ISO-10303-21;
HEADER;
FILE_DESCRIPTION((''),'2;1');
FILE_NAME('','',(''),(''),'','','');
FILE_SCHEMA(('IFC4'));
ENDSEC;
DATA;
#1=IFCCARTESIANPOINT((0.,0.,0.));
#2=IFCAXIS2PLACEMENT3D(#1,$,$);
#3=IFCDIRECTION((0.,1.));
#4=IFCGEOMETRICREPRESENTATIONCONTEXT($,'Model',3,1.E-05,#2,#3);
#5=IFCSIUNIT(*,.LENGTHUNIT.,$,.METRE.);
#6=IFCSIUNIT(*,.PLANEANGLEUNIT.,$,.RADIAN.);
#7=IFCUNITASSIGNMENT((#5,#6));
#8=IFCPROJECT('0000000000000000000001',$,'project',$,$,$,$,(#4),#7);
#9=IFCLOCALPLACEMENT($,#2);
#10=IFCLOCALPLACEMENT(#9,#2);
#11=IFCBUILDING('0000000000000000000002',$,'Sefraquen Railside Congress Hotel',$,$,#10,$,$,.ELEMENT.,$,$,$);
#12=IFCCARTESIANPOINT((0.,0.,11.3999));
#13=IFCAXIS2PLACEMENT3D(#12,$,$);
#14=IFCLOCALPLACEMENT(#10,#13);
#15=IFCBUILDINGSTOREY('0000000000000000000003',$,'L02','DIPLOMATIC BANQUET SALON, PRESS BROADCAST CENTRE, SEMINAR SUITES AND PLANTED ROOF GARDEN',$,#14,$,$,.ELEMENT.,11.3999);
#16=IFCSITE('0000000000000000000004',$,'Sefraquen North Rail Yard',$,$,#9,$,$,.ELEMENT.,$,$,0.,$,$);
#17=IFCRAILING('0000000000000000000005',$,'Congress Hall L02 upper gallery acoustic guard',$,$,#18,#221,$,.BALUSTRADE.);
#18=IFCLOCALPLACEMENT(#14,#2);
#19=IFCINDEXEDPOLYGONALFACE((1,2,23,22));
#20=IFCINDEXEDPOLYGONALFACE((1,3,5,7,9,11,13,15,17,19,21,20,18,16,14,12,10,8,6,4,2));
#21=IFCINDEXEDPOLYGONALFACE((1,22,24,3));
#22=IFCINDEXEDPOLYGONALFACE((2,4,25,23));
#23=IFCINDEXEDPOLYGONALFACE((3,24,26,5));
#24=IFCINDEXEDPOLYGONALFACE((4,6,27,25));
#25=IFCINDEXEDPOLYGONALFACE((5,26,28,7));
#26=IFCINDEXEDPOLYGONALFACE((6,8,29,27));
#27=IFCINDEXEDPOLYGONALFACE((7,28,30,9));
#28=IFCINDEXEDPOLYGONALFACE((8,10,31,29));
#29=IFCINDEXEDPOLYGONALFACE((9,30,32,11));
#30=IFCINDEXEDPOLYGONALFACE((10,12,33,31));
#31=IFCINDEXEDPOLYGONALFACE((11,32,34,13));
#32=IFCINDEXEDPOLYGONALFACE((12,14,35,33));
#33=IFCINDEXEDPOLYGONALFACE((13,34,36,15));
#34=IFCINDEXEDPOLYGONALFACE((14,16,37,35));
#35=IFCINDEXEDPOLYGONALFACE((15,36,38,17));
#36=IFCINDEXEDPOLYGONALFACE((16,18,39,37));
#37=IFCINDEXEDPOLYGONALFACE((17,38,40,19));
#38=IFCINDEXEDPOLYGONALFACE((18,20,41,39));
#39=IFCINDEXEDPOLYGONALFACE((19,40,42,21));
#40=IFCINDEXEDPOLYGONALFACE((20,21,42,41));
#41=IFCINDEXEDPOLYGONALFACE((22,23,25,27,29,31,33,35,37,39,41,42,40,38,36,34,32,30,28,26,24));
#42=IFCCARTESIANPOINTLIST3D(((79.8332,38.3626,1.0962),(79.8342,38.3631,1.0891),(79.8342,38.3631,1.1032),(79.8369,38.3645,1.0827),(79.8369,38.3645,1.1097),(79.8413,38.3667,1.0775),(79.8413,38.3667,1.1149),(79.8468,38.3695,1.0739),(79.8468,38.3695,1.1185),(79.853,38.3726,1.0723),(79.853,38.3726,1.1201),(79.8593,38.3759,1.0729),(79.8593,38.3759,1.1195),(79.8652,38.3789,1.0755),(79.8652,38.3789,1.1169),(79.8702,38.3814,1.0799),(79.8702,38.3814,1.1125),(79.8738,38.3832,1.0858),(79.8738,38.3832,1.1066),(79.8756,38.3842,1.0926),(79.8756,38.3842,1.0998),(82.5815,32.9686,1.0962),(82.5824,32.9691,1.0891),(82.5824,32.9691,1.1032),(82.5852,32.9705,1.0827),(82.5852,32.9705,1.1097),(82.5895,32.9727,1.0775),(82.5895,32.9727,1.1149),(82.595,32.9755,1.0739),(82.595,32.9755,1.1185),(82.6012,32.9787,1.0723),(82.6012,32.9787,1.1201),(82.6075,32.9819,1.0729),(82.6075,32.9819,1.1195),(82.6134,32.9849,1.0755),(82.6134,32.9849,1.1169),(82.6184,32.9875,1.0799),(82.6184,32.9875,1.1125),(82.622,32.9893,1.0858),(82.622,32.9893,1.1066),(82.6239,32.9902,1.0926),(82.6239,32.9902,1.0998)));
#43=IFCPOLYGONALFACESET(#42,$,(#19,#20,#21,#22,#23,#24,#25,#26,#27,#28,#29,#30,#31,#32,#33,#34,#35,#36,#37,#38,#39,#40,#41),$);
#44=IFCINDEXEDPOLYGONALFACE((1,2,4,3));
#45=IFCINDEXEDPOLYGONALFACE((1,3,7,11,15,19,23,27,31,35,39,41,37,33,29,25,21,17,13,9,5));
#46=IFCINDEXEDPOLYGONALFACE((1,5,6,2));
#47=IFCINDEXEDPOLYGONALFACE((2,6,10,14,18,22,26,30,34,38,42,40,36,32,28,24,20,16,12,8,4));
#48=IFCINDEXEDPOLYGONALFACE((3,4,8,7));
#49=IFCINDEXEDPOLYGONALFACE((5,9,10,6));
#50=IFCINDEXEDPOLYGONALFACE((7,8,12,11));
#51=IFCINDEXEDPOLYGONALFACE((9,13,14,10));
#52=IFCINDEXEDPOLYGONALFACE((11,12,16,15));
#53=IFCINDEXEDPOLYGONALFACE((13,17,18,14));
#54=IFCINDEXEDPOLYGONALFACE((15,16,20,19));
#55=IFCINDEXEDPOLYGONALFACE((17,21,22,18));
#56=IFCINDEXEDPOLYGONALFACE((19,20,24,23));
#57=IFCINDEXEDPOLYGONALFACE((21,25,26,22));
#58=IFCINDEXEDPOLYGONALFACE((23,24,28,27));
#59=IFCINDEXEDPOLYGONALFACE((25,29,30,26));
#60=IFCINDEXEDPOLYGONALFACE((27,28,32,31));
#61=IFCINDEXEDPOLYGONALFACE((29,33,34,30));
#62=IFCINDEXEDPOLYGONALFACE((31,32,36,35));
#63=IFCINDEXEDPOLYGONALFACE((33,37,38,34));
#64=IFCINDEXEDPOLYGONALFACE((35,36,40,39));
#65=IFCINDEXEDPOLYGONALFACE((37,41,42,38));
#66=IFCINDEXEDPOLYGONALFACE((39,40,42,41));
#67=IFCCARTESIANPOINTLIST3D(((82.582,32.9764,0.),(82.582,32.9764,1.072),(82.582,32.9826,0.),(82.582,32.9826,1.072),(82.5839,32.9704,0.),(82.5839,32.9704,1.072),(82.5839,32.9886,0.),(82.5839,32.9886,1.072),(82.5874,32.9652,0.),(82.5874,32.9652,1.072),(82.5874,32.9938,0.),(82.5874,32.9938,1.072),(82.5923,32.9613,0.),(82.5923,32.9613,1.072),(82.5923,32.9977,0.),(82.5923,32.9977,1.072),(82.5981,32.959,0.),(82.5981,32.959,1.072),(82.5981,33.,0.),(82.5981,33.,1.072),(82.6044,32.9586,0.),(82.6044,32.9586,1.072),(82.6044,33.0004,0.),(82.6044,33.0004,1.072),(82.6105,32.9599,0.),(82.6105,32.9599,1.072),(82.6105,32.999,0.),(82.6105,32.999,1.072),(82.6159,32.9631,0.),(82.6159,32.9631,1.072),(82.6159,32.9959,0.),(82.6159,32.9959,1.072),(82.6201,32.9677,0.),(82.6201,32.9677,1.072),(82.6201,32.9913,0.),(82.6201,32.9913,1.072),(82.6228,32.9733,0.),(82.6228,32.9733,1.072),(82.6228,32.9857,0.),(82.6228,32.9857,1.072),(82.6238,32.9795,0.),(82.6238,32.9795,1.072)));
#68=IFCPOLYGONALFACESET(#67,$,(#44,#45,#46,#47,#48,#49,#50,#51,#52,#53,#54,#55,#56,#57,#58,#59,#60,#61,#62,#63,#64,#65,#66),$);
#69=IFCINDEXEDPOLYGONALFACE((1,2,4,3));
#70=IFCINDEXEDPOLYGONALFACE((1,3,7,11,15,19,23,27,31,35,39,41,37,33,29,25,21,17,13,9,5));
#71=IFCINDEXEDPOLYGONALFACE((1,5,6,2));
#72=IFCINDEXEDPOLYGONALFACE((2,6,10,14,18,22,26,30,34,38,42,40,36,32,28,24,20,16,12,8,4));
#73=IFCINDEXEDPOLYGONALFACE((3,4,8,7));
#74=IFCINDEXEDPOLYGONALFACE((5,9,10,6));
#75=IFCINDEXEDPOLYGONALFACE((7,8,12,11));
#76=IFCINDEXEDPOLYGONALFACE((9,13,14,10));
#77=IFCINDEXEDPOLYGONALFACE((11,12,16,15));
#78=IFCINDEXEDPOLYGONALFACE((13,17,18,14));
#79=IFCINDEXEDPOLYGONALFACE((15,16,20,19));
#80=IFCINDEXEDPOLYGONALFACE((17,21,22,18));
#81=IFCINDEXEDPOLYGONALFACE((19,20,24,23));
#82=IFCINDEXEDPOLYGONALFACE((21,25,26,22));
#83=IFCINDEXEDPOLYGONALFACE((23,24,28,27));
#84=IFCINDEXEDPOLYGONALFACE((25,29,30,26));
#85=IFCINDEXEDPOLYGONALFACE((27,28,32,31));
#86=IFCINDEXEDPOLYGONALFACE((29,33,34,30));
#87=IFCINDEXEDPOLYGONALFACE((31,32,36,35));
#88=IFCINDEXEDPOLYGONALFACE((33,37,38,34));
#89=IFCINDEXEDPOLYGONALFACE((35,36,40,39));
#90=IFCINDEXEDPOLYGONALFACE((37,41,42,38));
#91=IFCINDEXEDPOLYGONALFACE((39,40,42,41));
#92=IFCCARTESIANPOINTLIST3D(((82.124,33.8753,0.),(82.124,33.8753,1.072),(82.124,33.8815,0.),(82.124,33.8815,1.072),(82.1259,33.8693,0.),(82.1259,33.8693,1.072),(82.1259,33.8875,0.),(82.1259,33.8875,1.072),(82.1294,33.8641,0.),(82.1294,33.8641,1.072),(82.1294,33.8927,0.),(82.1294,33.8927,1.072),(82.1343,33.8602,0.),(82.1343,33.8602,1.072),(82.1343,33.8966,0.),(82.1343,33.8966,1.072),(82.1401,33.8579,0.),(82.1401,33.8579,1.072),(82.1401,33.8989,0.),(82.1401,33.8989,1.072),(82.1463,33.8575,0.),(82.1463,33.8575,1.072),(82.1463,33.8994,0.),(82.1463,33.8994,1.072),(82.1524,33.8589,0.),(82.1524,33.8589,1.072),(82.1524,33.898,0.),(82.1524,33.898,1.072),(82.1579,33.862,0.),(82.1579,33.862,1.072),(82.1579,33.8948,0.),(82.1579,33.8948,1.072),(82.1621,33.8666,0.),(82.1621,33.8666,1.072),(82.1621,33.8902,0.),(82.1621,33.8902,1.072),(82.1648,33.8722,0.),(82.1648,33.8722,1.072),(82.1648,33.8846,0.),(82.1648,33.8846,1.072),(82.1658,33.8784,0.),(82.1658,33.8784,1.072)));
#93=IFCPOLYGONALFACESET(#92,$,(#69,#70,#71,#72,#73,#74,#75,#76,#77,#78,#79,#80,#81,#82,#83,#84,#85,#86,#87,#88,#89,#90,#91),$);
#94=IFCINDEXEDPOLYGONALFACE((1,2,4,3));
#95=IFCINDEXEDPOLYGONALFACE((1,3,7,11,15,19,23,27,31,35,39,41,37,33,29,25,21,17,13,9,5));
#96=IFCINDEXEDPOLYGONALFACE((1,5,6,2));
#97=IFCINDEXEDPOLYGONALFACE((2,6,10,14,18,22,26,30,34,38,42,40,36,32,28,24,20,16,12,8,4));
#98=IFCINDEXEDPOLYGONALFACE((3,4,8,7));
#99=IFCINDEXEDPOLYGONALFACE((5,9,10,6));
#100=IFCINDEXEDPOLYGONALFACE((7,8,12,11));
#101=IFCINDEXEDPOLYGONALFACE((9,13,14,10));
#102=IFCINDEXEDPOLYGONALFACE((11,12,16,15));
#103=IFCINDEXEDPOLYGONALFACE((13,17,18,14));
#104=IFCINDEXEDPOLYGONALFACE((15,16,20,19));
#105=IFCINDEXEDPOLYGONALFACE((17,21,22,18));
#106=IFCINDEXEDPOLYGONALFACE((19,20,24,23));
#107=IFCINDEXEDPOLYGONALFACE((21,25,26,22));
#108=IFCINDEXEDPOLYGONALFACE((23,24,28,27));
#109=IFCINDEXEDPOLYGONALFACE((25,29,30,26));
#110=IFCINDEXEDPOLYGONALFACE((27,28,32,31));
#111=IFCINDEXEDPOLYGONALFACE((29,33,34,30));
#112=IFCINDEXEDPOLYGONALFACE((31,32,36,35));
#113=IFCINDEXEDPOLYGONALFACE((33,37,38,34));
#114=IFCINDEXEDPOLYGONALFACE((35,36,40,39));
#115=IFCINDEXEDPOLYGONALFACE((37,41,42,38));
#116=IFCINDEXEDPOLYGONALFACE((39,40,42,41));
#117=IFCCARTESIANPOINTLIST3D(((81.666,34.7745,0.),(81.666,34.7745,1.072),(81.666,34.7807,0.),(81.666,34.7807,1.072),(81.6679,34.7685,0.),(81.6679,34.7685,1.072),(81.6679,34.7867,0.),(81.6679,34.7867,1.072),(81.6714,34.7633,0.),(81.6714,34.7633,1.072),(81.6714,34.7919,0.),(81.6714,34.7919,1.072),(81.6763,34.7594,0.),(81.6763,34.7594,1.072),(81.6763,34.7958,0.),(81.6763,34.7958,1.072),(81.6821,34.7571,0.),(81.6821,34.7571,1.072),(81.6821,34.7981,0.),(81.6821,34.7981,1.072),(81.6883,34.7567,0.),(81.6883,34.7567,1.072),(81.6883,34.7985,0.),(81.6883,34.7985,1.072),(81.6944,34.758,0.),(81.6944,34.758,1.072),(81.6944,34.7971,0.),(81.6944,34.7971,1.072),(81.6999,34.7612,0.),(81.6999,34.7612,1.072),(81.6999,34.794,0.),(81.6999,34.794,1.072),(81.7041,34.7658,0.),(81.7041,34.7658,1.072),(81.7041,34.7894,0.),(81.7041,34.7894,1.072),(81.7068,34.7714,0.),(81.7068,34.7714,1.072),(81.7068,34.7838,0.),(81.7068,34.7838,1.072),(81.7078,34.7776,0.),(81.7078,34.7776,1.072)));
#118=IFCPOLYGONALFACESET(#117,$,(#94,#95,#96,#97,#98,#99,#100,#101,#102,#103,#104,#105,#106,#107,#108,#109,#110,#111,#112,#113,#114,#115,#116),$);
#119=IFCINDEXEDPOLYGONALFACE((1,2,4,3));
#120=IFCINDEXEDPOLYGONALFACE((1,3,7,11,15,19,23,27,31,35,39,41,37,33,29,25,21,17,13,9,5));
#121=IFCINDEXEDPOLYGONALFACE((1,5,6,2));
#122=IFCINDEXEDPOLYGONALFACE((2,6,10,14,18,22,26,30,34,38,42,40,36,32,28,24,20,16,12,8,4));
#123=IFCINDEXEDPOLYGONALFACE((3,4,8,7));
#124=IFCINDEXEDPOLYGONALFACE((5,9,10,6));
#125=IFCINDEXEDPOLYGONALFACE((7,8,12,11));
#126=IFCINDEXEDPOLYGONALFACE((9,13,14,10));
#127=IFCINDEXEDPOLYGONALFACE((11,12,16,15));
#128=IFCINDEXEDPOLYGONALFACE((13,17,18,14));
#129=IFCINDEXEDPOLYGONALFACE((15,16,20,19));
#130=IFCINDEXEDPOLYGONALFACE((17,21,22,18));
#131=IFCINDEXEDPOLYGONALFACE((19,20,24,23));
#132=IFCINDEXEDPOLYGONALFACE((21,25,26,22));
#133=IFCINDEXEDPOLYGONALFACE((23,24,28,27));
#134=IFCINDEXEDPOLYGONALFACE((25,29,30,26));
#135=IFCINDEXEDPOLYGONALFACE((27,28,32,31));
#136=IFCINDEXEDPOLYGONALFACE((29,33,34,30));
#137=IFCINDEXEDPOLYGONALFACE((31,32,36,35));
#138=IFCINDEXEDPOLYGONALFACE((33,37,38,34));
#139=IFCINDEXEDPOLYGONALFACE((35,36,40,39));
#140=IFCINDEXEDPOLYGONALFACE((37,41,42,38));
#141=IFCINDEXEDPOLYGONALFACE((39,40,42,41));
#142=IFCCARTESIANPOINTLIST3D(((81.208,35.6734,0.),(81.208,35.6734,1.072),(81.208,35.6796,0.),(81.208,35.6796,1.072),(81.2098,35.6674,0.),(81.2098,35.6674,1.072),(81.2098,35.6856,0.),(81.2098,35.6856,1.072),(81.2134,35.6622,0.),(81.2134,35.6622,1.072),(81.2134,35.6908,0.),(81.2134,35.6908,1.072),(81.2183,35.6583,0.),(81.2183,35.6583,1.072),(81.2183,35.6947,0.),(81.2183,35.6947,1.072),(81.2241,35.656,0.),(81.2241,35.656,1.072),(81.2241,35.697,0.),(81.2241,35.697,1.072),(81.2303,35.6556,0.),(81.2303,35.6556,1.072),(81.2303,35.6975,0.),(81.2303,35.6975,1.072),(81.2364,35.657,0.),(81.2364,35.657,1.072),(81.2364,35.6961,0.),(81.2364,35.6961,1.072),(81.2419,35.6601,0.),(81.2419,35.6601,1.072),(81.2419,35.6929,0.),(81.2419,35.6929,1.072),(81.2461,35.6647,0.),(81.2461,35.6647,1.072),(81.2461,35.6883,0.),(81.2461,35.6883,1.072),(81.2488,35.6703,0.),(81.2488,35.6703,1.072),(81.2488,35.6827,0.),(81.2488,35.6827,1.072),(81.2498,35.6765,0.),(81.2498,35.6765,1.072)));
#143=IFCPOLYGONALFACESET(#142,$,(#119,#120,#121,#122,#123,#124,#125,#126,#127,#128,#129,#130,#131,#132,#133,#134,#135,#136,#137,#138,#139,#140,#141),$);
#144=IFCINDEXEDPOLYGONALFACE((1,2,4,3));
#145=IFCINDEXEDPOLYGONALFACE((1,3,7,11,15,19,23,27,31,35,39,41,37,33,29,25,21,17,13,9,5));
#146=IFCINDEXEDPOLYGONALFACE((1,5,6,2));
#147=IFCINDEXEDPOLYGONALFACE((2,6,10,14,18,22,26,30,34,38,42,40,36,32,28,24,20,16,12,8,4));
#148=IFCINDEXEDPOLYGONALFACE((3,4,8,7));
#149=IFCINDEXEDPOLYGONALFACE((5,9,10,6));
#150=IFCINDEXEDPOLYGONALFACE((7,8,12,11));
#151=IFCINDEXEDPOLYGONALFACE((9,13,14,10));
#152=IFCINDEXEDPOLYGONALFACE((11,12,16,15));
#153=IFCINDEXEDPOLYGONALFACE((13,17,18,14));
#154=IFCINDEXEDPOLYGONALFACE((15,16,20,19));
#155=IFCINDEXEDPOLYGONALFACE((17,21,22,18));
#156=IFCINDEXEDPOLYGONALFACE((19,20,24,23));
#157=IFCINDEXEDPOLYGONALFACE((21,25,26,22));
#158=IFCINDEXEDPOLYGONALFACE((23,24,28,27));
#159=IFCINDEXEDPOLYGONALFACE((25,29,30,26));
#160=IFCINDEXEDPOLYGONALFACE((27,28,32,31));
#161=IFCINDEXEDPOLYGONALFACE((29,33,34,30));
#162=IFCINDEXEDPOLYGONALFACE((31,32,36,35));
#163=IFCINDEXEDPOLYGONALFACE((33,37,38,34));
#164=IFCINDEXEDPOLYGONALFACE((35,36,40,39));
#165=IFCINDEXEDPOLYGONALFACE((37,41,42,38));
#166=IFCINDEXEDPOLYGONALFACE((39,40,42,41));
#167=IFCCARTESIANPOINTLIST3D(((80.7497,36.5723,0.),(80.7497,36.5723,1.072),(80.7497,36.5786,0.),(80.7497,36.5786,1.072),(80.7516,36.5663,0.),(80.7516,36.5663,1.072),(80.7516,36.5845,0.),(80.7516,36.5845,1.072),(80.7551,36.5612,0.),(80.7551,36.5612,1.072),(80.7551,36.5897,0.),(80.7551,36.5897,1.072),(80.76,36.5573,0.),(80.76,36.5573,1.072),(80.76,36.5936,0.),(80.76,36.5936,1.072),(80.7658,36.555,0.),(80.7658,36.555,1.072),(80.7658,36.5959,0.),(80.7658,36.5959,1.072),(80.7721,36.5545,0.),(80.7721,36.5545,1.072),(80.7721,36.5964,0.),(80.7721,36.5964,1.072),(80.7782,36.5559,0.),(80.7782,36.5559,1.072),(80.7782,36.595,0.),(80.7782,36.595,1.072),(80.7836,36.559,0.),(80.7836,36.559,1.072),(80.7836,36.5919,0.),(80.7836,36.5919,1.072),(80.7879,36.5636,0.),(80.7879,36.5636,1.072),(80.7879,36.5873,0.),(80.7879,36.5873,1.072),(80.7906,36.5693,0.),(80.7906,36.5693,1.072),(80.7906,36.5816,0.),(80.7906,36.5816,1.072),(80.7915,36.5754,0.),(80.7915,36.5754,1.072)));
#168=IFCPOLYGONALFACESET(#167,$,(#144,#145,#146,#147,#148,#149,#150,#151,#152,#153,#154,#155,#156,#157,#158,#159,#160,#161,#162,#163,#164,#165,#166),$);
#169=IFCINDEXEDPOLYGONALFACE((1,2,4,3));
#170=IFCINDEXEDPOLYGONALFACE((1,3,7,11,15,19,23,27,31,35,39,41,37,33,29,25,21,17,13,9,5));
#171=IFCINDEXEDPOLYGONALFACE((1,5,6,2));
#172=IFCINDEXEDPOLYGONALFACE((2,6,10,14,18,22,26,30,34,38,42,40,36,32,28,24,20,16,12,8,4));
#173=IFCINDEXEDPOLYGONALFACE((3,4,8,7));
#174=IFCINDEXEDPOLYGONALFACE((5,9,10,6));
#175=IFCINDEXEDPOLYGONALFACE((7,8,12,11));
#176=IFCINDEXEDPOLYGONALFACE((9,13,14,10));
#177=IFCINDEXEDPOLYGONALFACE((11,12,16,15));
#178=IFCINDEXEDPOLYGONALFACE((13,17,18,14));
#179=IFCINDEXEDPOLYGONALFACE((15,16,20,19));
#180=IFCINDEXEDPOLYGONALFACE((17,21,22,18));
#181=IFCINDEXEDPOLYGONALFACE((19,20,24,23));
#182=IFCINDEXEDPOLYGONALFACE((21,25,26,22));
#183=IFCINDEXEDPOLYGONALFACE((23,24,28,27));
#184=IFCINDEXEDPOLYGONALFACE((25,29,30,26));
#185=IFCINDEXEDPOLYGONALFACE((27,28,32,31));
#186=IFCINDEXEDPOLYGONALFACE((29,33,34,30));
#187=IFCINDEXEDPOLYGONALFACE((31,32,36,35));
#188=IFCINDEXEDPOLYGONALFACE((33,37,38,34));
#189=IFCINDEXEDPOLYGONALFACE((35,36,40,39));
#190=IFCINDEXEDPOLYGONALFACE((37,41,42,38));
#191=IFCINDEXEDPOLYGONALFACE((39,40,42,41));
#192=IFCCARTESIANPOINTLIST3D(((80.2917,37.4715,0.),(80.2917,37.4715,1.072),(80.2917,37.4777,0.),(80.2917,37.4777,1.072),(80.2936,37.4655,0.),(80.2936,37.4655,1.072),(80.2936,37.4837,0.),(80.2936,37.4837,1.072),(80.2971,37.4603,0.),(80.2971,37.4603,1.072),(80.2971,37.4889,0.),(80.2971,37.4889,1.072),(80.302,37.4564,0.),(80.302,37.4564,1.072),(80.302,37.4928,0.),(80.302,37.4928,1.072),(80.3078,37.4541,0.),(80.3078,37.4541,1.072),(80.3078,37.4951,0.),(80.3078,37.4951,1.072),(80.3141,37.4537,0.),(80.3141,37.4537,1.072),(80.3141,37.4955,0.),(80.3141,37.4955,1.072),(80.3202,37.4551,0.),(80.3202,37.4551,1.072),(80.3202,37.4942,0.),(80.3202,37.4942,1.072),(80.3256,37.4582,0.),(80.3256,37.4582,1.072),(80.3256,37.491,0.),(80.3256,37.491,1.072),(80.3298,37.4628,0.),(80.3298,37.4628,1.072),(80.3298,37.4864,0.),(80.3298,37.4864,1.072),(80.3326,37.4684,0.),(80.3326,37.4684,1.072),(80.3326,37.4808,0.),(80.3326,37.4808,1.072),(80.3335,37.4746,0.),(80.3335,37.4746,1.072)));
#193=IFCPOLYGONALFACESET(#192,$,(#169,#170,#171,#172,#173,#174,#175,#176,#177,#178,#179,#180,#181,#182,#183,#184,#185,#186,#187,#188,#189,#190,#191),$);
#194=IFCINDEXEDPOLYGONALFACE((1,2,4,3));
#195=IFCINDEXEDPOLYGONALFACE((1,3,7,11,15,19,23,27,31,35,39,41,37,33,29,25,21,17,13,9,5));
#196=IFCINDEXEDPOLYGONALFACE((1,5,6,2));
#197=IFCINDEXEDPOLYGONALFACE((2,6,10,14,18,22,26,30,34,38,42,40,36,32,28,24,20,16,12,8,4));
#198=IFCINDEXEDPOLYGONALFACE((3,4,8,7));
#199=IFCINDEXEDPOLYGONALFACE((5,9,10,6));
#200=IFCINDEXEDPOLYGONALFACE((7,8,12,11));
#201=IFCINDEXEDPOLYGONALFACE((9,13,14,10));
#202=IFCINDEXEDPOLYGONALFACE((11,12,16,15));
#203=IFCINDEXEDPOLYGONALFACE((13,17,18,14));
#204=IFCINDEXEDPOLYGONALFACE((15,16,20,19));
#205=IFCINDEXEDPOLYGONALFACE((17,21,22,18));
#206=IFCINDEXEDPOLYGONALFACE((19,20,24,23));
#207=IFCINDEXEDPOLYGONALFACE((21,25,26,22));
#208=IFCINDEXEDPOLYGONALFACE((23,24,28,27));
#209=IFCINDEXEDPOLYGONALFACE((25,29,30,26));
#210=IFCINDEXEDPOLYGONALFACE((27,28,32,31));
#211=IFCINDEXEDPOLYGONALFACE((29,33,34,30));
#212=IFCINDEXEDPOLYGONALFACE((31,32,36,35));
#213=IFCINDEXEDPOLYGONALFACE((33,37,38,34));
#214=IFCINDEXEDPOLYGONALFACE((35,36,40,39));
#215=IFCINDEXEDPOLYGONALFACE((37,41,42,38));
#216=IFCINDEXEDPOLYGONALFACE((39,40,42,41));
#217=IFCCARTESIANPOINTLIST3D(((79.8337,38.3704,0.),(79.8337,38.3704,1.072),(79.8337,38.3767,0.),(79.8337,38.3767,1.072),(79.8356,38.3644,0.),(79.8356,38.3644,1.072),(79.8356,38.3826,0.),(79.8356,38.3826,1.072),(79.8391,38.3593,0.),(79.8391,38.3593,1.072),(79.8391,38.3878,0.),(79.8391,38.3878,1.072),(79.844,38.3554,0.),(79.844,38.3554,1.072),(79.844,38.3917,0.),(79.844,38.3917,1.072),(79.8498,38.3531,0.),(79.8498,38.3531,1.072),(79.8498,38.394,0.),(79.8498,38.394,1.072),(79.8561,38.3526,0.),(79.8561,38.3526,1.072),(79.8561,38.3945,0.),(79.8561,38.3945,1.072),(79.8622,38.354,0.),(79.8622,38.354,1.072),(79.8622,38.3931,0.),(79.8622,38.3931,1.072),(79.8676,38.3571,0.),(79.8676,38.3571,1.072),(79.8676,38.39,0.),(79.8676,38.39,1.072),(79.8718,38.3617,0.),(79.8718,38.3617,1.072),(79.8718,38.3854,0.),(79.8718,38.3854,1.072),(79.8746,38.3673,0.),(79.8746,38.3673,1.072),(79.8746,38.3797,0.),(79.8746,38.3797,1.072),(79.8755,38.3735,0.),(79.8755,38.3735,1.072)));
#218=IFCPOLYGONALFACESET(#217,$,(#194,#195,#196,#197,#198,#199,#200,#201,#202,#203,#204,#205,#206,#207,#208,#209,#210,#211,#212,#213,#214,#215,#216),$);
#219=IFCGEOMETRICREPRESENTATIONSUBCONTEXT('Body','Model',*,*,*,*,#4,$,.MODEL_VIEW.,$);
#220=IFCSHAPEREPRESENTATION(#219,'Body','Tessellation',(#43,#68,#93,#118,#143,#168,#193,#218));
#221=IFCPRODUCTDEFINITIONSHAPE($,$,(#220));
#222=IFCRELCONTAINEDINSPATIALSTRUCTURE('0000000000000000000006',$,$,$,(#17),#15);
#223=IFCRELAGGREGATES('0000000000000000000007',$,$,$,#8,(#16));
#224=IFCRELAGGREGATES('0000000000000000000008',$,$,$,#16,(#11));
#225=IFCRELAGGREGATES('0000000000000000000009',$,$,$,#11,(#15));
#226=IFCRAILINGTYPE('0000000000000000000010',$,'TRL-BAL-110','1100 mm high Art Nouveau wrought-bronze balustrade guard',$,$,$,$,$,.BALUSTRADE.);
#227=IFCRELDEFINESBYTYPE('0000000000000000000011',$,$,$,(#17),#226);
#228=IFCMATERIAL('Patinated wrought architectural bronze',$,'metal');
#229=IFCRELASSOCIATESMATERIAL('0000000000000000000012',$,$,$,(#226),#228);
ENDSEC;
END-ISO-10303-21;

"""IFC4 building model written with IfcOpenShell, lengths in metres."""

from ifc_helpers import new_model, si_unit, direction, frame, origin, origin_2d, place, context, subcontext, project, spatial, circle, extrude, material, type_object, element, save


model = new_model("IFC4")

# Units and contexts
model_context = context("Model", 3, precision=1e-05, world=origin(), true_north=direction((0.0, 1.0)))
body_context = subcontext(model_context, "Body", "Model", "MODEL_VIEW")
ifc_project = project(units=[si_unit("LENGTHUNIT", "METRE"), si_unit("PLANEANGLEUNIT", "RADIAN")], contexts=[model_context])

# Site, building, storey
site_placement = place(None, origin())
site = spatial("IfcSite", under=ifc_project, at=site_placement, Name="Sefraquen North Rail Yard", CompositionType="ELEMENT", RefElevation=0.0)
building_placement = place(site_placement, origin())
building = spatial("IfcBuilding", under=site, at=building_placement, Name="Sefraquen Railside Congress Hotel", CompositionType="ELEMENT")
storey_placement = place(building_placement, frame((0.0, 0.0, 11.3999)))
storey = spatial("IfcBuildingStorey", under=building, at=storey_placement, Name="L02", Description="DIPLOMATIC BANQUET SALON, PRESS BROADCAST CENTRE, SEMINAR SUITES AND PLANTED ROOF GARDEN", CompositionType="ELEMENT", Elevation=11.3999)

# Railing
ifc_material_1 = material(Name="Patinated wrought architectural bronze", Category="metal")
railing_type = type_object("IfcRailingType", Name="TRL-BAL-110", Description="1100 mm high Art Nouveau wrought-bronze balustrade guard", PredefinedType="BALUSTRADE", material=ifc_material_1)
railing_1_placement = place(storey_placement, frame((82.6028, 32.9795, 0.0)))
element("IfcRailing", 1, at=railing_1_placement, inside=storey, type_object=railing_type, Name="Congress Hall L02 upper gallery acoustic guard", PredefinedType="BALUSTRADE", context=body_context, shape_type="SweptSolid", body=[
    extrude(circle(Radius=0.0239, at=origin_2d()), frame((0.0, 0.0, 1.0962), z_axis=(-0.453976, 0.891014, 0.0), x_axis=(-0.891014, -0.453976, 0.0)), (0.0, 0.0, 1.0), 6.0537),
    extrude(circle(Radius=0.021, at=origin_2d()), origin(), (0.0, 0.0, 1.0), 1.072),
    extrude(circle(Radius=0.021, at=origin_2d()), frame((-0.458, 0.8989, 0.0)), (0.0, 0.0, 1.0), 1.072),
    extrude(circle(Radius=0.021, at=origin_2d()), frame((-0.916, 1.7981, 0.0)), (0.0, 0.0, 1.0), 1.072),
    extrude(circle(Radius=0.021, at=origin_2d()), frame((-1.374, 2.697, 0.0)), (0.0, 0.0, 1.0), 1.072),
    extrude(circle(Radius=0.021, at=origin_2d()), frame((-1.8323, 3.5959, 0.0)), (0.0, 0.0, 1.0), 1.072),
    extrude(circle(Radius=0.021, at=origin_2d()), frame((-2.2903, 4.4951, 0.0)), (0.0, 0.0, 1.0), 1.072),
    extrude(circle(Radius=0.021, at=origin_2d()), frame((-2.7483, 5.394, 0.0)), (0.0, 0.0, 1.0), 1.072),
])

save(model, "model.ifc")
